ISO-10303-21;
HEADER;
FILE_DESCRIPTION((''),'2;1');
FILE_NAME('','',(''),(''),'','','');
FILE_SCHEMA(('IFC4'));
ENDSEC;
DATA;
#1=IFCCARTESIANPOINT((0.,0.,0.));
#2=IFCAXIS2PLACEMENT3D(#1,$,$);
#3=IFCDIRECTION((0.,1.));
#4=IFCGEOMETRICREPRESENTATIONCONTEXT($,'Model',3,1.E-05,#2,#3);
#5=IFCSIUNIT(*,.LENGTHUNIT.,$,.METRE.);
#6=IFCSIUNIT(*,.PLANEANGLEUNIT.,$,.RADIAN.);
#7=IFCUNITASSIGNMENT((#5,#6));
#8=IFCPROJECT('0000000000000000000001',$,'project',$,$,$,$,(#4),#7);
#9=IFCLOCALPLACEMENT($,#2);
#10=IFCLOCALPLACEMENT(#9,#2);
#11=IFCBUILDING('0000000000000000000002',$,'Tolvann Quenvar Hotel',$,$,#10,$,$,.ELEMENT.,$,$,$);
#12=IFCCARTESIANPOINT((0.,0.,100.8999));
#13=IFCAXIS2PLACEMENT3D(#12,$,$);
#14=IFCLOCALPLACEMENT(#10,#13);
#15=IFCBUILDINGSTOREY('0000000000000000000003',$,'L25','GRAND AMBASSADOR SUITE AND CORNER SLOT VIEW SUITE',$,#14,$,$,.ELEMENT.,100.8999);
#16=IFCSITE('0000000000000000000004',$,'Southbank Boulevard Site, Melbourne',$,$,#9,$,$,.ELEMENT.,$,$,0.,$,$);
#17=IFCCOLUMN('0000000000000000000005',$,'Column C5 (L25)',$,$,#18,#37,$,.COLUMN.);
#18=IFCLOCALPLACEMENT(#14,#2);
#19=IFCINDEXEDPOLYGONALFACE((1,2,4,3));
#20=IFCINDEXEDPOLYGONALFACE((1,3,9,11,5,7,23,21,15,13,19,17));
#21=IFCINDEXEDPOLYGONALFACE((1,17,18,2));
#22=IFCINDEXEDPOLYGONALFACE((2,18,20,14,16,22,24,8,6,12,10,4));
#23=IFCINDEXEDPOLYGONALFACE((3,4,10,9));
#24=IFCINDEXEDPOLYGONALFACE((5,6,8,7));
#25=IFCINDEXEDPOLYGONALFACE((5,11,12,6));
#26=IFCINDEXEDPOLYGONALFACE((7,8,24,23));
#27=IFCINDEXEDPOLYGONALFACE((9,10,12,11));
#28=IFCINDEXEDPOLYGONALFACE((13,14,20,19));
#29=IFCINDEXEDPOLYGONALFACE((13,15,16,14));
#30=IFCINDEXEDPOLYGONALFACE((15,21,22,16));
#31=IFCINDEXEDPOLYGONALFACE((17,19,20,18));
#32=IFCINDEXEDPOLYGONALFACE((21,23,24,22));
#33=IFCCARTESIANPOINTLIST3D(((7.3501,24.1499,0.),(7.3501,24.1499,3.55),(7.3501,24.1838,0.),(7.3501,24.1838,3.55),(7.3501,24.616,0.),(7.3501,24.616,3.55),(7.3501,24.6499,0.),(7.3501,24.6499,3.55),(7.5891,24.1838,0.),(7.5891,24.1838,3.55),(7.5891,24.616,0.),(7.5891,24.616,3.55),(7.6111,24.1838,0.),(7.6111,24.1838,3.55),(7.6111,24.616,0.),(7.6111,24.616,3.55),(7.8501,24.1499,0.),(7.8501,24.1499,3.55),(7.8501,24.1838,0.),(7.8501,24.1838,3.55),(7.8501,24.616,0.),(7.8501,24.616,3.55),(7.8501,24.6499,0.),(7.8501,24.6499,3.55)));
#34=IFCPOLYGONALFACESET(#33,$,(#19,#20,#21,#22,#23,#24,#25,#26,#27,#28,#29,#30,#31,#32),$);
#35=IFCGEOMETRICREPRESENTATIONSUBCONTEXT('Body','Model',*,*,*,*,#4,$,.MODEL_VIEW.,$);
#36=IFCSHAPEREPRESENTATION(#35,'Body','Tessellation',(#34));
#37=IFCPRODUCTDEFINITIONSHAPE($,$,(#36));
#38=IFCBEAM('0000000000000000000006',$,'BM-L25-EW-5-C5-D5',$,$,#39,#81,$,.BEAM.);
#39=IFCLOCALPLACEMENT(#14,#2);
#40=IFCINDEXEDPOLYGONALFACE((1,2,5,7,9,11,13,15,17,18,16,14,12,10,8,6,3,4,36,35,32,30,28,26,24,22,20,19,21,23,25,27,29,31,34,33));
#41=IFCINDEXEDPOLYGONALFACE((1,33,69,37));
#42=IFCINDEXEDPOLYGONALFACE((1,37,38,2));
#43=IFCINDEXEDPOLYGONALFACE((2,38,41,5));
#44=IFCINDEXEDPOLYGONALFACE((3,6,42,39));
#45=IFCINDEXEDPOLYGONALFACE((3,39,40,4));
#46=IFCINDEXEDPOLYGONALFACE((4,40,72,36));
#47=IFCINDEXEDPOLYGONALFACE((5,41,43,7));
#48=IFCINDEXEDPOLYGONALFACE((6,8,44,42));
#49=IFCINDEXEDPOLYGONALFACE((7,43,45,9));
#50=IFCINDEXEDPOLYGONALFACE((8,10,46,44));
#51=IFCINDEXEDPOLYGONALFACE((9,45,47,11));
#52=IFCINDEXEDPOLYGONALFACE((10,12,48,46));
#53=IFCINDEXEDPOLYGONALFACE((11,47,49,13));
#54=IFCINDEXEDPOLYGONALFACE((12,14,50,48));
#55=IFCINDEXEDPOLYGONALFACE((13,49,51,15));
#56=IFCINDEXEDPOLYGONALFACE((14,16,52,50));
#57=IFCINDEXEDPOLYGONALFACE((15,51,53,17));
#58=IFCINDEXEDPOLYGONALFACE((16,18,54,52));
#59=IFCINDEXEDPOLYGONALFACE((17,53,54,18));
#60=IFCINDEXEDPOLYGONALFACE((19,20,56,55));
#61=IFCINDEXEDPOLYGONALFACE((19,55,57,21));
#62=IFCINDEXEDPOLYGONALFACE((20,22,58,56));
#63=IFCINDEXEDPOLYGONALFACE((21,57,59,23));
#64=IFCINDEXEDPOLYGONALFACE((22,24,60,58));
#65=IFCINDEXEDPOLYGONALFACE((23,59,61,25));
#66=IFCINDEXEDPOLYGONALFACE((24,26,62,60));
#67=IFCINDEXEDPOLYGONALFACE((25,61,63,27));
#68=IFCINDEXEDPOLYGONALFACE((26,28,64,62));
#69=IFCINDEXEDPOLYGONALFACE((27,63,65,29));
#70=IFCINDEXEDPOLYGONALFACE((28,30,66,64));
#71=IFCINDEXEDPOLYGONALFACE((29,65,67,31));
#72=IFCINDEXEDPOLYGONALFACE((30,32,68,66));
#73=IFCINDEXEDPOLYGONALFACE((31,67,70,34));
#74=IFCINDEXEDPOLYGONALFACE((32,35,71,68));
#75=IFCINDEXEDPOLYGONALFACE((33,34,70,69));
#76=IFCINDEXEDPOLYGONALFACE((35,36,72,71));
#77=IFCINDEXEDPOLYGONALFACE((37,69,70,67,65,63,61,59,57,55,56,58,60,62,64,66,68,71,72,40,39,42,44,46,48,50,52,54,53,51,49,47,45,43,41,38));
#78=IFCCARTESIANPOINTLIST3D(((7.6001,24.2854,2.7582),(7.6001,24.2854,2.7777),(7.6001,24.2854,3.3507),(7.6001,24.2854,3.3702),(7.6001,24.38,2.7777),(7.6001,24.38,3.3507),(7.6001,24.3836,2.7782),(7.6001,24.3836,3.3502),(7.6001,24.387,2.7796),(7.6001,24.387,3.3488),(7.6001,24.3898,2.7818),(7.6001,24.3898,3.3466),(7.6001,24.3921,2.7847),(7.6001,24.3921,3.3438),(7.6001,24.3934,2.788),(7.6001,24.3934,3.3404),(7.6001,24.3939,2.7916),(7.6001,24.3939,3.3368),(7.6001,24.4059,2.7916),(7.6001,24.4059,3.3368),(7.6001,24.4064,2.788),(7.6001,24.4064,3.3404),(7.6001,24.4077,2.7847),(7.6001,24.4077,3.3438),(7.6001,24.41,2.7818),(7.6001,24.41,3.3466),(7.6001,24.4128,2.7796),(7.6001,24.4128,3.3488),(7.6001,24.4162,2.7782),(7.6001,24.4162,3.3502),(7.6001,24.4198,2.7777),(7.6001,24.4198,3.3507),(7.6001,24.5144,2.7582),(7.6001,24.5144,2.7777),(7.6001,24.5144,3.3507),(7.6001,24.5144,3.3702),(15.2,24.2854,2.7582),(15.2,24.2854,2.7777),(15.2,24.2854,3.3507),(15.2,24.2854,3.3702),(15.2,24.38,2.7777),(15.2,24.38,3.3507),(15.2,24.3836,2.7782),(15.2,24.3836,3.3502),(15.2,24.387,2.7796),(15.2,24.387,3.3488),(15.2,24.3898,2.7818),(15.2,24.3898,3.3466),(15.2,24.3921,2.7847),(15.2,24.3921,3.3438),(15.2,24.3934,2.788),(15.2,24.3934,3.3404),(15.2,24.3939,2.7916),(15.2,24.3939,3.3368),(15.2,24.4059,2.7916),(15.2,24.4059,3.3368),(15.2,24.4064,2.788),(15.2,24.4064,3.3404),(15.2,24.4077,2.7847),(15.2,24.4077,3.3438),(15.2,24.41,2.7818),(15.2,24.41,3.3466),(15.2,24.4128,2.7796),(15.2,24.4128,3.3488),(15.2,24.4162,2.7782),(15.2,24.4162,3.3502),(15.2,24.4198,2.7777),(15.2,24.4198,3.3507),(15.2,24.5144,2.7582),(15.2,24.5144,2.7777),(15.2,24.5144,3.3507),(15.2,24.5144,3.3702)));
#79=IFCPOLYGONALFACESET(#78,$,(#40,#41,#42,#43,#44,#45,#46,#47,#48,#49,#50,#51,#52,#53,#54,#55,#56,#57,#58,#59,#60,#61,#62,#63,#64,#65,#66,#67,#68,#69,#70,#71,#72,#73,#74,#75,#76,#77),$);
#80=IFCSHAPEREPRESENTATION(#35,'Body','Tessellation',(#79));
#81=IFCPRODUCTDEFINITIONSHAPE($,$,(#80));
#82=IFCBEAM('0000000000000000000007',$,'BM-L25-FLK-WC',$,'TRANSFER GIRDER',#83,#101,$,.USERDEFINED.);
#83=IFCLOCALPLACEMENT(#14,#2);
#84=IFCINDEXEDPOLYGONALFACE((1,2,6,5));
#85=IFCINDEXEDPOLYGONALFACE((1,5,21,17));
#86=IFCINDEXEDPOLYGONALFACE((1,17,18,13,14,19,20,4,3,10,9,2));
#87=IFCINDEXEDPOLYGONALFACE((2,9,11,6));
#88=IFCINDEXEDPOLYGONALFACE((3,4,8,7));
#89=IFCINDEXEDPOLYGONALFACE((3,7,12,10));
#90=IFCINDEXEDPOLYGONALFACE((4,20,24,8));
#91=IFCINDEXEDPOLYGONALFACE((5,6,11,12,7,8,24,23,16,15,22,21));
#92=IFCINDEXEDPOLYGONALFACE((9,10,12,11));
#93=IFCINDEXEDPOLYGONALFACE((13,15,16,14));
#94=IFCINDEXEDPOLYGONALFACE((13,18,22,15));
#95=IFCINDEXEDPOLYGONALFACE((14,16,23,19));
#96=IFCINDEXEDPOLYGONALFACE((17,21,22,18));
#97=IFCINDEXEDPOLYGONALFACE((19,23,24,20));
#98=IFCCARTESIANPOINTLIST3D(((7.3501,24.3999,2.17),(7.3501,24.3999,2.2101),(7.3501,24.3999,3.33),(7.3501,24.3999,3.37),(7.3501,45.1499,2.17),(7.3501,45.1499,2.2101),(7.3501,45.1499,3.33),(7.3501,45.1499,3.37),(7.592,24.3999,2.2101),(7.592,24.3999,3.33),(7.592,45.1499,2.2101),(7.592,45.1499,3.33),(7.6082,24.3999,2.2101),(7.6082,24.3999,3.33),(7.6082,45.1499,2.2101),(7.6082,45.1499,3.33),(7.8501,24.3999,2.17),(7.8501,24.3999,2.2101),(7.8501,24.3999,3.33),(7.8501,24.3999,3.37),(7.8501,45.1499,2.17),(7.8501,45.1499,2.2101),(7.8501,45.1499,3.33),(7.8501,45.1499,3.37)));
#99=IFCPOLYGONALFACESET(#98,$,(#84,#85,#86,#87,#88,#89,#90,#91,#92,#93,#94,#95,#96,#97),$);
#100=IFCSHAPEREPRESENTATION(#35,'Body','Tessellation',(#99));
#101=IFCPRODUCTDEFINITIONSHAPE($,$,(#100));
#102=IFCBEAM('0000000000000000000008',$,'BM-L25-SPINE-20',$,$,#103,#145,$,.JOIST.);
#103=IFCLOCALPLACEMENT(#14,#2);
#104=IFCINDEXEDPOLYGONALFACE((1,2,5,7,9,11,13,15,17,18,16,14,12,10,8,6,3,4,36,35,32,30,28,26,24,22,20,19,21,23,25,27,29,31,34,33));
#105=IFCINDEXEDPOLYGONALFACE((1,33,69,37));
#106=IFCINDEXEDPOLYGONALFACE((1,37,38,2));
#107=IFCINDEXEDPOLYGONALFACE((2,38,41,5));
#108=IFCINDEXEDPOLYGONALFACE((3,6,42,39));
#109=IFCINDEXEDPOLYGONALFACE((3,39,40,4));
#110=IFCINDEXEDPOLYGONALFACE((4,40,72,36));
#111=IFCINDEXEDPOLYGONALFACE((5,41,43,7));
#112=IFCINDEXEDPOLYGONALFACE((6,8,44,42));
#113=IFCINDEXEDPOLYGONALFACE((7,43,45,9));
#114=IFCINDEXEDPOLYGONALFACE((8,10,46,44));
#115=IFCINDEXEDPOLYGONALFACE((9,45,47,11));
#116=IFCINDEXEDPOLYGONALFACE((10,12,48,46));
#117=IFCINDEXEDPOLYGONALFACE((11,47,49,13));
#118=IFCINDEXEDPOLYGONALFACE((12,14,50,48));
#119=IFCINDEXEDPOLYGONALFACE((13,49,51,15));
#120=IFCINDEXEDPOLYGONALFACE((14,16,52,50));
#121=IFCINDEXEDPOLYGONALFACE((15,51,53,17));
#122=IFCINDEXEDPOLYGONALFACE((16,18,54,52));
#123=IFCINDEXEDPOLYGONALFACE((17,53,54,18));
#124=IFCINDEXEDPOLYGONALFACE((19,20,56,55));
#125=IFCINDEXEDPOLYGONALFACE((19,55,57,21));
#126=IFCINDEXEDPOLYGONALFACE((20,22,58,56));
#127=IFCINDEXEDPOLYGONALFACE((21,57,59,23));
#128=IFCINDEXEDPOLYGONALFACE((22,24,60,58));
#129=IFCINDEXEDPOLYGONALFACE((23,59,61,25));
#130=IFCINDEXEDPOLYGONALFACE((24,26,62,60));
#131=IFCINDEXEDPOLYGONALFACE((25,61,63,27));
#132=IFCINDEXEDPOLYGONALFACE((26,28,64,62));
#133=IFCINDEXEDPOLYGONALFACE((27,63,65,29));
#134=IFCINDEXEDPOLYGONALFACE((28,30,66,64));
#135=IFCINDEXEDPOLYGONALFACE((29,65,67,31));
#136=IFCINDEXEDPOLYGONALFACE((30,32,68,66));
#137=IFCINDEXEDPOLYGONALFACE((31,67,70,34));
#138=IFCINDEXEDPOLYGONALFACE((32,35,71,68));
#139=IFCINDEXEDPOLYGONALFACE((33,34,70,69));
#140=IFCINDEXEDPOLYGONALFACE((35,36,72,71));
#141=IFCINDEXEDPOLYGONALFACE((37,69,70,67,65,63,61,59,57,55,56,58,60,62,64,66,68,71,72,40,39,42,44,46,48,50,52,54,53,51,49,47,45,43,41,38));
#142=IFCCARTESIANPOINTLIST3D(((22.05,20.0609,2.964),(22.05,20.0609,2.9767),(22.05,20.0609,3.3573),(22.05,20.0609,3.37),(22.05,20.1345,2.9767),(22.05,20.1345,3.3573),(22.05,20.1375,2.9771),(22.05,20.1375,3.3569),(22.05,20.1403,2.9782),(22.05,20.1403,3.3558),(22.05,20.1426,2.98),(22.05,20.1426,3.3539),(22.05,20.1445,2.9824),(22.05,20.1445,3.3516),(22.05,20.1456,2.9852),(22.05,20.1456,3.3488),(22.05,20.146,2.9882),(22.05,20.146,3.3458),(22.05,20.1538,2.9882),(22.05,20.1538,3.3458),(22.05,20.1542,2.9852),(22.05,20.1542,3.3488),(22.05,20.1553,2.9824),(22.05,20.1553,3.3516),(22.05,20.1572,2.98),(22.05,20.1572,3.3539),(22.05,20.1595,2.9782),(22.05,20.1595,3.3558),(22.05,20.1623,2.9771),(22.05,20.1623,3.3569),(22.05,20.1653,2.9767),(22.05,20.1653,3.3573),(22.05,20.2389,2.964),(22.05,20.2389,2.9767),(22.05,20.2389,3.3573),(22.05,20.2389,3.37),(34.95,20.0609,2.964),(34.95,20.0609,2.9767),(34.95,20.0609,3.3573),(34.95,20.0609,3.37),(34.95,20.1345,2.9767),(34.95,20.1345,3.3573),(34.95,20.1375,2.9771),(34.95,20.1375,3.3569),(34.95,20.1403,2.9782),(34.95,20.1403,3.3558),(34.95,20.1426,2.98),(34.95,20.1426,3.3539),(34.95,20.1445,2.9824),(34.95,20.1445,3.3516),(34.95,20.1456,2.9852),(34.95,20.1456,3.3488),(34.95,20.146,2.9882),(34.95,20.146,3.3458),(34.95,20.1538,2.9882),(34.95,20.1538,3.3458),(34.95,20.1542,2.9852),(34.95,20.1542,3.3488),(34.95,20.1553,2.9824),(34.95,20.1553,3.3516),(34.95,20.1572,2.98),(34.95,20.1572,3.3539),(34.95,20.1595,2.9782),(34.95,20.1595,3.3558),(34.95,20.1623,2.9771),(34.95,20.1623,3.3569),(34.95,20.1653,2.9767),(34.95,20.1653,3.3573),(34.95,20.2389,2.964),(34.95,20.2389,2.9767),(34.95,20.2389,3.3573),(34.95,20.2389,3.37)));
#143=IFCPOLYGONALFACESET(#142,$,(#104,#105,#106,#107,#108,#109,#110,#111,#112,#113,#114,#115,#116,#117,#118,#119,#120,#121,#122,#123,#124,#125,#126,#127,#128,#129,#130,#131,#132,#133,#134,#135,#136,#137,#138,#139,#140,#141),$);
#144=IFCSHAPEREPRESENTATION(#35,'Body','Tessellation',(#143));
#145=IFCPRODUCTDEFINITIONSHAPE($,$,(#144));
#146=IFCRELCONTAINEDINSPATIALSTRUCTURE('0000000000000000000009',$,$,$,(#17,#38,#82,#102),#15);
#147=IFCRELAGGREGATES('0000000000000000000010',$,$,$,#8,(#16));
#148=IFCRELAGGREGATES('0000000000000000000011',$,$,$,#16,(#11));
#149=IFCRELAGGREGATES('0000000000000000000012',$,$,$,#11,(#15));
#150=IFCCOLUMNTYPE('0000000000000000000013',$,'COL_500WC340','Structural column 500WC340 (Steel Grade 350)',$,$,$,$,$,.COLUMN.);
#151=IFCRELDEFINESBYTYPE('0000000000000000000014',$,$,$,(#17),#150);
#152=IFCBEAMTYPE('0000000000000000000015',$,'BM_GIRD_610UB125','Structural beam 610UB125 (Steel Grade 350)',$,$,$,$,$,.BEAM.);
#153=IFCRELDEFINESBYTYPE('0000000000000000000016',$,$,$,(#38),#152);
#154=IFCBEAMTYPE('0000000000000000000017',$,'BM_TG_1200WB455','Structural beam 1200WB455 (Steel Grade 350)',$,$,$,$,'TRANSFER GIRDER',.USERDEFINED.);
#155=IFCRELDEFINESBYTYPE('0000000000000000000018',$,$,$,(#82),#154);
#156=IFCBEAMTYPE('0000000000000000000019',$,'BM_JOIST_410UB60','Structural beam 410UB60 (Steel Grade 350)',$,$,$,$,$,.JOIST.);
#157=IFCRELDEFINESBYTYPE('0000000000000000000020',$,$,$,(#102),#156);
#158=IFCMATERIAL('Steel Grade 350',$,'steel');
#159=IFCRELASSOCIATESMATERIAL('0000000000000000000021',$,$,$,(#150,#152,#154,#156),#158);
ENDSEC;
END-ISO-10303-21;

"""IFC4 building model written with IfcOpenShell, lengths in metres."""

from ifc_helpers import new_model, si_unit, direction, frame, origin, origin_2d, place, context, subcontext, project, spatial, i_section, extrude, source, transform, mapped, material, material_profile, profile_set, type_object, type_shapes, element, save


model = new_model("IFC4")

# Units and contexts
model_context = context("Model", 3, precision=1e-05, world=origin(), true_north=direction((0.0, 1.0)))
body_context = subcontext(model_context, "Body", "Model", "MODEL_VIEW")
ifc_project = project(units=[si_unit("LENGTHUNIT", "METRE"), si_unit("PLANEANGLEUNIT", "RADIAN")], contexts=[model_context])

# Site, building, storey
site_placement = place(None, origin())
site = spatial("IfcSite", under=ifc_project, at=site_placement, Name="Southbank Boulevard Site, Melbourne", CompositionType="ELEMENT", RefElevation=0.0)
building_placement = place(site_placement, origin())
building = spatial("IfcBuilding", under=site, at=building_placement, Name="Tolvann Quenvar Hotel", CompositionType="ELEMENT")
storey_placement = place(building_placement, frame((0.0, 0.0, 100.8999)))
storey = spatial("IfcBuildingStorey", under=building, at=storey_placement, Name="L25", Description="GRAND AMBASSADOR SUITE AND CORNER SLOT VIEW SUITE", CompositionType="ELEMENT", Elevation=100.8999)

# Column
ifc_material_1 = material(Name="Steel Grade 350", Category="steel")
ifc_material_profile_1 = material_profile(ifc_material_1, i_section(OverallWidth=0.5, OverallDepth=0.5, WebThickness=0.022, FlangeThickness=0.0339, at=origin_2d()), Name="500WC340")
ifc_profile_set_1 = profile_set([ifc_material_profile_1], Name="Steel Grade 350")
column_type = type_object("IfcColumnType", Name="COL_500WC340", Description="Structural column 500WC340 (Steel Grade 350)", PredefinedType="COLUMN", material=ifc_profile_set_1)
shared_shape_1 = source(origin(), body_context, "Body", "SweptSolid", [
    extrude(i_section(OverallWidth=0.5, OverallDepth=0.5, WebThickness=0.022, FlangeThickness=0.0339, at=origin_2d()), origin(), (0.0, 0.0, 1.0), 3.55),
])
type_shapes(column_type, [shared_shape_1])
column_placement = place(storey_placement, frame((7.6001, 24.3999, 0.0), z_axis=(0.0, 0.0, 1.0), x_axis=(1.0, 0.0, 0.0)))
element("IfcColumn", 1, at=column_placement, inside=storey, type_object=column_type, Name="Column C5 (L25)", PredefinedType="COLUMN", context=body_context, shape_type="MappedRepresentation", body=[
    mapped(shared_shape_1, transform((0.0, 0.0, 0.0), x_axis=(1.0, 0.0, 0.0), y_axis=(0.0, 1.0, 0.0), z_axis=(0.0, 0.0, 1.0), scale=1.0)),
])

# Beams
ifc_material_profile_2 = material_profile(ifc_material_1, i_section(OverallWidth=0.229, OverallDepth=0.6121, WebThickness=0.012, FlangeThickness=0.0195, FilletRadius=0.0139, at=origin_2d()), Name="610UB125")
ifc_profile_set_2 = profile_set([ifc_material_profile_2], Name="Steel Grade 350")
beam_type_1 = type_object("IfcBeamType", Name="BM_GIRD_610UB125", Description="Structural beam 610UB125 (Steel Grade 350)", PredefinedType="BEAM", material=ifc_profile_set_2)
shared_shape_2 = source(origin(), body_context, "Body", "SweptSolid", [
    extrude(i_section(OverallWidth=0.229, OverallDepth=0.6121, WebThickness=0.012, FlangeThickness=0.0195, FilletRadius=0.0139, at=origin_2d()), origin(), (0.0, 0.0, 1.0), 7.5999),
])
type_shapes(beam_type_1, [shared_shape_2])
beam_1_placement = place(storey_placement, frame((7.6001, 24.3999, 3.0642), z_axis=(1.0, 0.0, 0.0), x_axis=(0.0, 1.0, 0.0)))
element("IfcBeam", 2, at=beam_1_placement, inside=storey, type_object=beam_type_1, Name="BM-L25-EW-5-C5-D5", PredefinedType="BEAM", context=body_context, shape_type="MappedRepresentation", body=[
    mapped(shared_shape_2, transform((0.0, 0.0, 0.0), x_axis=(1.0, 0.0, 0.0), y_axis=(0.0, 1.0, 0.0), z_axis=(0.0, 0.0, 1.0), scale=1.0)),
])
ifc_material_profile_3 = material_profile(ifc_material_1, i_section(OverallWidth=0.5, OverallDepth=1.2, WebThickness=0.0161, FlangeThickness=0.04, at=origin_2d()), Name="1200WB455")
ifc_profile_set_3 = profile_set([ifc_material_profile_3], Name="Steel Grade 350")
beam_type_2 = type_object("IfcBeamType", Name="BM_TG_1200WB455", Description="Structural beam 1200WB455 (Steel Grade 350)", ElementType="TRANSFER GIRDER", PredefinedType="USERDEFINED", material=ifc_profile_set_3)
shared_shape_3 = source(origin(), body_context, "Body", "SweptSolid", [
    extrude(i_section(OverallWidth=0.5, OverallDepth=1.2, WebThickness=0.0161, FlangeThickness=0.04, at=origin_2d()), origin(), (0.0, 0.0, 1.0), 20.75),
])
type_shapes(beam_type_2, [shared_shape_3])
beam_2_placement = place(storey_placement, frame((7.6001, 24.3999, 2.77), z_axis=(0.0, 1.0, 0.0), x_axis=(-1.0, 0.0, 0.0)))
element("IfcBeam", 3, at=beam_2_placement, inside=storey, type_object=beam_type_2, Name="BM-L25-FLK-WC", ObjectType="TRANSFER GIRDER", PredefinedType="USERDEFINED", context=body_context, shape_type="MappedRepresentation", body=[
    mapped(shared_shape_3, transform((0.0, 0.0, 0.0), x_axis=(1.0, 0.0, 0.0), y_axis=(0.0, 1.0, 0.0), z_axis=(0.0, 0.0, 1.0), scale=1.0)),
])
ifc_material_profile_4 = material_profile(ifc_material_1, i_section(OverallWidth=0.178, OverallDepth=0.406, WebThickness=0.0078, FlangeThickness=0.0127, FilletRadius=0.0115, at=origin_2d()), Name="410UB60")
ifc_profile_set_4 = profile_set([ifc_material_profile_4], Name="Steel Grade 350")
beam_type_3 = type_object("IfcBeamType", Name="BM_JOIST_410UB60", Description="Structural beam 410UB60 (Steel Grade 350)", PredefinedType="JOIST", material=ifc_profile_set_4)
shared_shape_4 = source(origin(), body_context, "Body", "SweptSolid", [
    extrude(i_section(OverallWidth=0.178, OverallDepth=0.406, WebThickness=0.0078, FlangeThickness=0.0127, FilletRadius=0.0115, at=origin_2d()), origin(), (0.0, 0.0, 1.0), 12.8999),
])
beam_3_placement = place(storey_placement, frame((22.05, 20.1499, 3.167), z_axis=(1.0, 0.0, 0.0), x_axis=(0.0, 1.0, 0.0)))
element("IfcBeam", 4, at=beam_3_placement, inside=storey, type_object=beam_type_3, Name="BM-L25-SPINE-20", PredefinedType="JOIST", context=body_context, shape_type="MappedRepresentation", body=[
    mapped(shared_shape_4, transform((0.0, 0.0, 0.0), x_axis=(1.0, 0.0, 0.0), y_axis=(0.0, 1.0, 0.0), z_axis=(0.0, 0.0, 1.0), scale=1.0)),
])

save(model, "model.ifc")
